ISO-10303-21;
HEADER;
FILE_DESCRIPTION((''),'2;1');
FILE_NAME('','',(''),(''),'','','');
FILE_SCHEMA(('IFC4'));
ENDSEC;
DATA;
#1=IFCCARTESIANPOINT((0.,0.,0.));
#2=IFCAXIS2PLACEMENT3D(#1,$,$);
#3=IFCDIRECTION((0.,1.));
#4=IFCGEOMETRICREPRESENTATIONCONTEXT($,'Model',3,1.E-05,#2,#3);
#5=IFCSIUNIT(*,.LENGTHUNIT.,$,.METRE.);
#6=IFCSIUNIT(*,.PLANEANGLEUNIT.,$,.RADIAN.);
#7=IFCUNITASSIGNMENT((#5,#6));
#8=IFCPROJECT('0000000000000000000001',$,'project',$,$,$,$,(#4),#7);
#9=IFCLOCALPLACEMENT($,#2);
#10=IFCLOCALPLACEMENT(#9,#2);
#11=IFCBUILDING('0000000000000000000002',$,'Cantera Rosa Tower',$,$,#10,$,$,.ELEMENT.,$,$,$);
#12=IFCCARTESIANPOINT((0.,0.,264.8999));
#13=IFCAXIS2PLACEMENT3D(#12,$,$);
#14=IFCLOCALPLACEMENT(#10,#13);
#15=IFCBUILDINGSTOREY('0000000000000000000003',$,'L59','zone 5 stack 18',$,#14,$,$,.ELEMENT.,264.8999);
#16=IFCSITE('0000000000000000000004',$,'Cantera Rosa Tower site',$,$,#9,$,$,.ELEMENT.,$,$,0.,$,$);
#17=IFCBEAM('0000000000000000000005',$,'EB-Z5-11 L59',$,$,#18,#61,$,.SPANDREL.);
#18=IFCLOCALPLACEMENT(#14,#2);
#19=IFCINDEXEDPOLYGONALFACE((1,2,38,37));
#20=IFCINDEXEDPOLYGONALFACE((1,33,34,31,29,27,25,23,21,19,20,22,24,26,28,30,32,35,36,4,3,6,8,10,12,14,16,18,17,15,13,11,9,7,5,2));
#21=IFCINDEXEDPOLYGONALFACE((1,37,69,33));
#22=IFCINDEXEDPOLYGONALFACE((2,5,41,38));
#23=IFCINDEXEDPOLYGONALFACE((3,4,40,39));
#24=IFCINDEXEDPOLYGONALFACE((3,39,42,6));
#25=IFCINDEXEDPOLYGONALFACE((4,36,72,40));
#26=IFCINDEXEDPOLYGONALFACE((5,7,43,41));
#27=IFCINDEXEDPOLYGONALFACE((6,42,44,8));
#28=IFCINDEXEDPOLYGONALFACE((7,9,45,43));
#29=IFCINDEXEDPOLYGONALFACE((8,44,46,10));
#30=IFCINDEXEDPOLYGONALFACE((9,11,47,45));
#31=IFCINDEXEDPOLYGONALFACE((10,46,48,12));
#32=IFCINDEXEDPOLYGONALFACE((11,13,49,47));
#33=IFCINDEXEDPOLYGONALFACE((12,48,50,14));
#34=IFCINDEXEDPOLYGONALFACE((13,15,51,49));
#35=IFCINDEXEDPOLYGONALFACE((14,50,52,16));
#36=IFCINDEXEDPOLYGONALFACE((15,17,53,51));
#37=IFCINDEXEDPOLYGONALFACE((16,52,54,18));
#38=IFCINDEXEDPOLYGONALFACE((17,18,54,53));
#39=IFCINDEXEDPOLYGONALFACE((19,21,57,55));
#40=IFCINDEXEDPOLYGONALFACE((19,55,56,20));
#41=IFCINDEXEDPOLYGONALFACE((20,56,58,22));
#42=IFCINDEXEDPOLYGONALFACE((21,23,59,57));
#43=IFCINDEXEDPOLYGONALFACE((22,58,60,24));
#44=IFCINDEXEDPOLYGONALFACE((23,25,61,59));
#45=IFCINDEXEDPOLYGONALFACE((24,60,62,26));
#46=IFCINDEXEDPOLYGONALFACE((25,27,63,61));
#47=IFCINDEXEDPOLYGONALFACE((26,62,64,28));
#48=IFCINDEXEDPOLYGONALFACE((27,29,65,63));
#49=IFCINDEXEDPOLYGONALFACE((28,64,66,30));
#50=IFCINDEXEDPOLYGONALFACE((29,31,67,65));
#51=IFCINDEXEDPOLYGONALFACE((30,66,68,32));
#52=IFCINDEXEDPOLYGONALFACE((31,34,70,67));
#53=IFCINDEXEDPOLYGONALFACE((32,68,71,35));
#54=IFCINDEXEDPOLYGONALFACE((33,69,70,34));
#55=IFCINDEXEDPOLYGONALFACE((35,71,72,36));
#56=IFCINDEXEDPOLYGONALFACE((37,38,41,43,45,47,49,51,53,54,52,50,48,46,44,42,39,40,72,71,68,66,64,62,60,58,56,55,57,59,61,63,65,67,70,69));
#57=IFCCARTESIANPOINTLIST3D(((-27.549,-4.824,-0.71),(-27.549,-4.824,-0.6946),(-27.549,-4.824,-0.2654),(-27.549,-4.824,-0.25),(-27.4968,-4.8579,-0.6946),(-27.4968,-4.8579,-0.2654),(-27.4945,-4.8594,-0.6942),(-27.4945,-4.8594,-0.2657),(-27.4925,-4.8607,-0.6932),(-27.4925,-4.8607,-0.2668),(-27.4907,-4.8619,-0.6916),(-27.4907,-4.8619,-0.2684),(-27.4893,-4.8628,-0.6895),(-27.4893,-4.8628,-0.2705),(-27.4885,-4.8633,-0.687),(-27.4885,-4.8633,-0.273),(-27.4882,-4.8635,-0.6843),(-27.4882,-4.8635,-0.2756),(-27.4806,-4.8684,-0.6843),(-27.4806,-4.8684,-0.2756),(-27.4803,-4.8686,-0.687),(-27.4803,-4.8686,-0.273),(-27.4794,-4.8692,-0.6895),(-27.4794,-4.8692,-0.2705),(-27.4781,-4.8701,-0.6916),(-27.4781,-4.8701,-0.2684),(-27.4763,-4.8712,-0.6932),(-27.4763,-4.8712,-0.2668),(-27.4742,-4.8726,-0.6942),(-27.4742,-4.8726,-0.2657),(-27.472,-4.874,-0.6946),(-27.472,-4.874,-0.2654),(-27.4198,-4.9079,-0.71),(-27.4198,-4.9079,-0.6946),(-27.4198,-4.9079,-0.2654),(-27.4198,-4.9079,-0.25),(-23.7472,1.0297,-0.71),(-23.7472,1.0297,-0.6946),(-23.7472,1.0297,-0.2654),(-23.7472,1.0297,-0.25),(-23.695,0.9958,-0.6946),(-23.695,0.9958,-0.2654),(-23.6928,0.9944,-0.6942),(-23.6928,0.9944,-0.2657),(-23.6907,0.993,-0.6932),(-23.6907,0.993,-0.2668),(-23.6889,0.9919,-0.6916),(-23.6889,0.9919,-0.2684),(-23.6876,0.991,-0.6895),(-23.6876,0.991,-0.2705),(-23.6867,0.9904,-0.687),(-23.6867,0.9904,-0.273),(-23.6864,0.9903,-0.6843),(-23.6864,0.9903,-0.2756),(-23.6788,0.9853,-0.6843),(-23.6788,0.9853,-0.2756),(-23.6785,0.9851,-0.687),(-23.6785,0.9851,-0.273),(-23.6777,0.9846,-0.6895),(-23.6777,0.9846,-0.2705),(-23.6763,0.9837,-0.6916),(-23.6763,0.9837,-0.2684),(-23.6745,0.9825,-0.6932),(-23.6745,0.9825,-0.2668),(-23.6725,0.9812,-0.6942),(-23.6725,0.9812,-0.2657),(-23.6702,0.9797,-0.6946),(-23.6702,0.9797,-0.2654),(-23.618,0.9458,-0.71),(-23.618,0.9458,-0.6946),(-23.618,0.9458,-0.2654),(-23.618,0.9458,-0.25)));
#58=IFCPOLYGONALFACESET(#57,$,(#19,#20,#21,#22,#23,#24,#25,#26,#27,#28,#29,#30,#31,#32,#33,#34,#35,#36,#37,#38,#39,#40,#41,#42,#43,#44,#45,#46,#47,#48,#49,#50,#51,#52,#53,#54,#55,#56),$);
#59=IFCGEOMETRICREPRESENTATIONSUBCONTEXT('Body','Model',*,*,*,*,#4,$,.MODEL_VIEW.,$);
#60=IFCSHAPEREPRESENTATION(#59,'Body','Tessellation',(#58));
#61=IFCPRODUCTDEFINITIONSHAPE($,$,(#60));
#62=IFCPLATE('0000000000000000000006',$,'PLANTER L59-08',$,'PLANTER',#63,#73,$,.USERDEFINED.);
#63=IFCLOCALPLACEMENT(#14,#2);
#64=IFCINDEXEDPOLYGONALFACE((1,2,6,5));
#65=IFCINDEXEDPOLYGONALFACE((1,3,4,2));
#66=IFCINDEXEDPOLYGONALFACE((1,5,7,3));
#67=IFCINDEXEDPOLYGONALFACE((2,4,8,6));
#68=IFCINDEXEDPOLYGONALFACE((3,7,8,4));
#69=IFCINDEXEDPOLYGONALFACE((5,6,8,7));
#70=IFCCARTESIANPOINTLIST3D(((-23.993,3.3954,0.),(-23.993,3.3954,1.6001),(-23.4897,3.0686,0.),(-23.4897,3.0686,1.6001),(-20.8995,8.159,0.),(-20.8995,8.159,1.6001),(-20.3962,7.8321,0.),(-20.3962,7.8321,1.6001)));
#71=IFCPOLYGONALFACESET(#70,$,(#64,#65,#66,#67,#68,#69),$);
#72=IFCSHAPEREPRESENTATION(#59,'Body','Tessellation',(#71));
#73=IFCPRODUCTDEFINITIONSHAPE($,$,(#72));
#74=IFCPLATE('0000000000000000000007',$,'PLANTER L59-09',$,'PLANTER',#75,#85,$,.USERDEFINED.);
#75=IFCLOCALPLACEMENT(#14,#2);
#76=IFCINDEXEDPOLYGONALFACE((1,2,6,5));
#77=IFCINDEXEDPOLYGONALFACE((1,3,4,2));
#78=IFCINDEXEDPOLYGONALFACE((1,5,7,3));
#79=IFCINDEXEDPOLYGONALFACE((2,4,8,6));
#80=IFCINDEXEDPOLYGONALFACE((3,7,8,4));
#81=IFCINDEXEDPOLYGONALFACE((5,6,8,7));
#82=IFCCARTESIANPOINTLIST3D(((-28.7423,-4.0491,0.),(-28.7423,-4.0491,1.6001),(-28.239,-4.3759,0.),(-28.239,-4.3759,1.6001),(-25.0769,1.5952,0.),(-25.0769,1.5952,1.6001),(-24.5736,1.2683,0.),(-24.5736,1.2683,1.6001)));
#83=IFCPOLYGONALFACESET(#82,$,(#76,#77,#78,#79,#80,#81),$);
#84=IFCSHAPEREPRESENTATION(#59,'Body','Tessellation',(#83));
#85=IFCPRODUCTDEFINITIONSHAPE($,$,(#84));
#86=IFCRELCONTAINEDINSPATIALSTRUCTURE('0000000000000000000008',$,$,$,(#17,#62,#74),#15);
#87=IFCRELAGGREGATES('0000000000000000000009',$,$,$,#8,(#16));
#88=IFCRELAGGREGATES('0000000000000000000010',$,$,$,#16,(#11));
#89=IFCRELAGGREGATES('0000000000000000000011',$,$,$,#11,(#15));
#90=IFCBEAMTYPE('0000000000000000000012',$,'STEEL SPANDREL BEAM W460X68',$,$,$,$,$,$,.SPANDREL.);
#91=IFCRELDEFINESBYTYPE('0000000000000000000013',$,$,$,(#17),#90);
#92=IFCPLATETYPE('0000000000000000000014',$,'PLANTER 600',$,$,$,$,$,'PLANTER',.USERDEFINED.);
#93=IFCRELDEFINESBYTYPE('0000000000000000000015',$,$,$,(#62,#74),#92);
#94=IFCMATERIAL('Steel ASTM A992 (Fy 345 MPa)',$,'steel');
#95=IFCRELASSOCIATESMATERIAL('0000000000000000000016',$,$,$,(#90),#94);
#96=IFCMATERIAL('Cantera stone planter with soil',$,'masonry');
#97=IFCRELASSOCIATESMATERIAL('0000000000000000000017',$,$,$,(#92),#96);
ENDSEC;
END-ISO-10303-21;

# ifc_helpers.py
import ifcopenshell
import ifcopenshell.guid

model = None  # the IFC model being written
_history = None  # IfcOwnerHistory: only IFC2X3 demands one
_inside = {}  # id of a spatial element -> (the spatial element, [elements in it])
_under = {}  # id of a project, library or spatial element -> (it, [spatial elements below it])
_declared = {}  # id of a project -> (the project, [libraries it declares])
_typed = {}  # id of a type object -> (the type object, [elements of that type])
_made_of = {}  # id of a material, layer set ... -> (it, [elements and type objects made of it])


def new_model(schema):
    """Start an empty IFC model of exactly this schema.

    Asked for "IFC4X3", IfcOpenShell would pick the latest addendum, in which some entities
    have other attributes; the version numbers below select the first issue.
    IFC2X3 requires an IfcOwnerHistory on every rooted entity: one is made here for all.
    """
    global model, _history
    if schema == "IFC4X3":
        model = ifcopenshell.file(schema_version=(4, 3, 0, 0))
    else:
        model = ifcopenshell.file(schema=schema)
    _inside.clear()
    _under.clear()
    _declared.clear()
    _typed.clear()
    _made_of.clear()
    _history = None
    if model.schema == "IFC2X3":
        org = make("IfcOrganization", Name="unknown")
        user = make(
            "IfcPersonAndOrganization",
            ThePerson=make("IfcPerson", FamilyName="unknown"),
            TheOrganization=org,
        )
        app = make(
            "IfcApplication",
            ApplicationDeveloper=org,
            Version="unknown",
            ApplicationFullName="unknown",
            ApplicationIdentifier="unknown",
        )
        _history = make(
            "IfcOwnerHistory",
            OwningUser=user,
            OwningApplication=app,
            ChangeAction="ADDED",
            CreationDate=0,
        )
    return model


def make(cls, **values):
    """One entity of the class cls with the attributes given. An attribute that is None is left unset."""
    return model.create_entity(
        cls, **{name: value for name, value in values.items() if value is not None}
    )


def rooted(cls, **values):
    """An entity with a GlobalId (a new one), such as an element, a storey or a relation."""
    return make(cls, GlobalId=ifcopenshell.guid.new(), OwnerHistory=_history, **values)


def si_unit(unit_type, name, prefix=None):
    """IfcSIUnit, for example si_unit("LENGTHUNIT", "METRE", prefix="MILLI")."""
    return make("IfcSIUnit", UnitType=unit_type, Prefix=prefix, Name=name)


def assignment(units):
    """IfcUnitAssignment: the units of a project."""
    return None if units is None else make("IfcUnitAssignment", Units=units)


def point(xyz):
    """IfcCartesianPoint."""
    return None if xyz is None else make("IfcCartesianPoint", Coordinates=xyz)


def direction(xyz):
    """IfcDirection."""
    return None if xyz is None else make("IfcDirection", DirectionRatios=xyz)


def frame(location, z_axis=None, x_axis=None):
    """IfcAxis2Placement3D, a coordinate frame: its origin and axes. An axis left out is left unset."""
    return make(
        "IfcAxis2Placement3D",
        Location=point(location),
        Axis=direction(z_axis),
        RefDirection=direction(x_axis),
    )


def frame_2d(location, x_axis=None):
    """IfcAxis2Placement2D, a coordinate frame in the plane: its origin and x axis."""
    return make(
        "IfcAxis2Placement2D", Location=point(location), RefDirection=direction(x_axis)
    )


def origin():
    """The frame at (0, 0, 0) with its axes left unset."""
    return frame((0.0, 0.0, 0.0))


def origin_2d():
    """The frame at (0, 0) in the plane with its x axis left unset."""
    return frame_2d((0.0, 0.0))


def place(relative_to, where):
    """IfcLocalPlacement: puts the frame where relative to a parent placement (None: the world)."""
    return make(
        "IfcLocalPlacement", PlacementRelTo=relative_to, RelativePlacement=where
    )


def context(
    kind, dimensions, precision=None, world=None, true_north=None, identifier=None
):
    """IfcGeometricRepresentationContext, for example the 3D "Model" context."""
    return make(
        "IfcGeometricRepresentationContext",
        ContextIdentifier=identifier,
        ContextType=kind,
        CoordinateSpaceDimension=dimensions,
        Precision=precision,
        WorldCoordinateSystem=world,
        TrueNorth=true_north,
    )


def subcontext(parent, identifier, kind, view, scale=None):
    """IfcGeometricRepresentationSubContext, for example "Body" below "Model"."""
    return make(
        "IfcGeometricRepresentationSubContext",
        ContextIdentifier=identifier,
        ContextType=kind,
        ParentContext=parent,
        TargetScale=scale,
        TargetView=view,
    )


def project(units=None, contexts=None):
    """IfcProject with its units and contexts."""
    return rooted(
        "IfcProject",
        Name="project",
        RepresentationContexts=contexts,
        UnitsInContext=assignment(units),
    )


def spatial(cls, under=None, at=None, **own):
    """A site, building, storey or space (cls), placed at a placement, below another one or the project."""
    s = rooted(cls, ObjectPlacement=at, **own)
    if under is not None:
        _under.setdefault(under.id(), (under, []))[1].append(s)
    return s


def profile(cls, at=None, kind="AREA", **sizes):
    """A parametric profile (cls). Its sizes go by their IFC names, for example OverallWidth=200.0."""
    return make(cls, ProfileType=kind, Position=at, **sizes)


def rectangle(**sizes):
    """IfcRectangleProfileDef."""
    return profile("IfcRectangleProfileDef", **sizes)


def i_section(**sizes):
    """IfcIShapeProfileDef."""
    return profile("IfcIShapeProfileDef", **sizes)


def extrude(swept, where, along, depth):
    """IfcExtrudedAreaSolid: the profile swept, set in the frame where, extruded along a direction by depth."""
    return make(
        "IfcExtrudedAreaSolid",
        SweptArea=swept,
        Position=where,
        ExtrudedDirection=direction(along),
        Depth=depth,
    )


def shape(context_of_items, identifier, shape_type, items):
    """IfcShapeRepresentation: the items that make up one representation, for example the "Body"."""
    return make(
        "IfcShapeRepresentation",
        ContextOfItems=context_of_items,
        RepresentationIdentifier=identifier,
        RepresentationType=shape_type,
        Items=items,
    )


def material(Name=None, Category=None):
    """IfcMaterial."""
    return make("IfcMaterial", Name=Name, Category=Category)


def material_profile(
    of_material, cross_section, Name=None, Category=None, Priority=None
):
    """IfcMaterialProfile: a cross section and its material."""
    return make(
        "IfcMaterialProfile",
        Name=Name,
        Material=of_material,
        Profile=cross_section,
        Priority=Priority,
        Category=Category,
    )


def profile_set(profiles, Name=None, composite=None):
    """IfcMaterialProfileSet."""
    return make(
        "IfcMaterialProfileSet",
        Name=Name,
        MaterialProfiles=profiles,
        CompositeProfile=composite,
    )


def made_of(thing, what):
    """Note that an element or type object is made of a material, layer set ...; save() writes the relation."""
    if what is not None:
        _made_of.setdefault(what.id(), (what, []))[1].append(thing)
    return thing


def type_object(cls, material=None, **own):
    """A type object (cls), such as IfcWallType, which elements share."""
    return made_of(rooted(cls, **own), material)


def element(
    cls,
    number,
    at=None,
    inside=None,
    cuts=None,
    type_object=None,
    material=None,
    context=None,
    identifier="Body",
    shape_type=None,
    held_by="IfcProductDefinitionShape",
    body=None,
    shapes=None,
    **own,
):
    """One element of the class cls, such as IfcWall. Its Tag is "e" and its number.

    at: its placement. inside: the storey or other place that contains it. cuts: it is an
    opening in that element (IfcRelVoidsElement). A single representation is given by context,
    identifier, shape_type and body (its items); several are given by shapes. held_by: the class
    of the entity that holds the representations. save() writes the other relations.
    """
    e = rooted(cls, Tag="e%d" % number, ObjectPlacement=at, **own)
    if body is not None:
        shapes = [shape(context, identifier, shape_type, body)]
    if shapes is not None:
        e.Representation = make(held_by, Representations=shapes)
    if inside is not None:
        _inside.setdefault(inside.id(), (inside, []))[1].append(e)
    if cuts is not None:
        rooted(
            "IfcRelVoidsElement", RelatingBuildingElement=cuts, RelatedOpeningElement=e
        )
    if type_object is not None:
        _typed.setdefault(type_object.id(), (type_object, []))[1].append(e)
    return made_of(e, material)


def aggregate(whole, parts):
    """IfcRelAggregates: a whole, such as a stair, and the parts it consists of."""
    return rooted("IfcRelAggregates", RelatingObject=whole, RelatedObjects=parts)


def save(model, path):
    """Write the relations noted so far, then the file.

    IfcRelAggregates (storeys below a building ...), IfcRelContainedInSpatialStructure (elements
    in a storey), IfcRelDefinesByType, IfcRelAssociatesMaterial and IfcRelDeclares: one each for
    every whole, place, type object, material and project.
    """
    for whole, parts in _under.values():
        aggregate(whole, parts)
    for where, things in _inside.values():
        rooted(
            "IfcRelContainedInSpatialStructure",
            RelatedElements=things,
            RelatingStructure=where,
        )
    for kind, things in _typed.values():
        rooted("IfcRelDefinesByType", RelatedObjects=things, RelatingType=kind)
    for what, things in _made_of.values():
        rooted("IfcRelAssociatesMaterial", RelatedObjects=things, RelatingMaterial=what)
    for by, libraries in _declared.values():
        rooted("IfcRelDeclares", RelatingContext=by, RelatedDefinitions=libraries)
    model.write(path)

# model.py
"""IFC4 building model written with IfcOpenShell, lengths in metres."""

from ifc_helpers import new_model, si_unit, direction, frame, origin, origin_2d, place, context, subcontext, project, spatial, rectangle, i_section, extrude, material, material_profile, profile_set, type_object, element, save


model = new_model("IFC4")

# Units and contexts
model_context = context("Model", 3, precision=1e-05, world=origin(), true_north=direction((0.0, 1.0)))
body_context = subcontext(model_context, "Body", "Model", "MODEL_VIEW")
ifc_project = project(units=[si_unit("LENGTHUNIT", "METRE"), si_unit("PLANEANGLEUNIT", "RADIAN")], contexts=[model_context])

# Site, building, storey
site_placement = place(None, origin())
site = spatial("IfcSite", under=ifc_project, at=site_placement, Name="Cantera Rosa Tower site", CompositionType="ELEMENT", RefElevation=0.0)
building_placement = place(site_placement, origin())
building = spatial("IfcBuilding", under=site, at=building_placement, Name="Cantera Rosa Tower", CompositionType="ELEMENT")
storey_placement = place(building_placement, frame((0.0, 0.0, 264.8999)))
storey = spatial("IfcBuildingStorey", under=building, at=storey_placement, Name="L59", Description="zone 5 stack 18", CompositionType="ELEMENT", Elevation=264.8999)

# Beam
ifc_material_1 = material(Name="Steel ASTM A992 (Fy 345 MPa)", Category="steel")
ifc_material_profile_1 = material_profile(ifc_material_1, i_section(OverallWidth=0.1541, OverallDepth=0.46, WebThickness=0.009, FlangeThickness=0.0154, FilletRadius=0.0103, at=origin_2d()), Name="W460X68")
ifc_profile_set_1 = profile_set([ifc_material_profile_1], Name="Steel ASTM A992 (Fy 345 MPa)")
beam_type_1 = type_object("IfcBeamType", Name="STEEL SPANDREL BEAM W460X68", PredefinedType="SPANDREL", material=ifc_profile_set_1)
for number, where, z_axis, x_axis, name in (
    (1, (-23.6826, 0.9878, -0.48), (-0.544667, -0.838652, 0.0), (0.838652, -0.544667, 0.0), "EB-Z5-11 L59"),
):
    element("IfcBeam", number, at=place(storey_placement, frame(where, z_axis=z_axis, x_axis=x_axis)), inside=storey, type_object=beam_type_1, Name=name, PredefinedType="SPANDREL", context=body_context, shape_type="SweptSolid", body=[
        extrude(i_section(OverallWidth=0.1541, OverallDepth=0.46, WebThickness=0.009, FlangeThickness=0.0154, FilletRadius=0.0103, at=origin_2d()), origin(), (0.0, 0.0, 1.0), 6.98),
    ])

# Plates
ifc_material_2 = material(Name="Cantera stone planter with soil", Category="masonry")
plate_type = type_object("IfcPlateType", Name="PLANTER 600", ElementType="PLANTER", PredefinedType="USERDEFINED", material=ifc_material_2)
plate_1_placement = place(storey_placement, frame((-22.1946, 5.6138, 0.0), z_axis=(0.0, 0.0, 1.0), x_axis=(-0.544639, -0.838671, 0.0)))
element("IfcPlate", 2, at=plate_1_placement, inside=storey, type_object=plate_type, Name="PLANTER L59-08", ObjectType="PLANTER", PredefinedType="USERDEFINED", context=body_context, shape_type="SweptSolid", body=[
    extrude(rectangle(XDim=5.6799, YDim=0.6001, at=origin_2d()), origin(), (0.0, 0.0, 1.0), 1.6001),
])
plate_2_placement = place(storey_placement, frame((-26.658, -1.3904, 0.0), z_axis=(0.0, 0.0, 1.0), x_axis=(-0.544639, -0.838671, 0.0)))
element("IfcPlate", 3, at=plate_2_placement, inside=storey, type_object=plate_type, Name="PLANTER L59-09", ObjectType="PLANTER", PredefinedType="USERDEFINED", context=body_context, shape_type="SweptSolid", body=[
    extrude(rectangle(XDim=6.73, YDim=0.6001, at=origin_2d()), origin(), (0.0, 0.0, 1.0), 1.6001),
])

save(model, "model.ifc")
